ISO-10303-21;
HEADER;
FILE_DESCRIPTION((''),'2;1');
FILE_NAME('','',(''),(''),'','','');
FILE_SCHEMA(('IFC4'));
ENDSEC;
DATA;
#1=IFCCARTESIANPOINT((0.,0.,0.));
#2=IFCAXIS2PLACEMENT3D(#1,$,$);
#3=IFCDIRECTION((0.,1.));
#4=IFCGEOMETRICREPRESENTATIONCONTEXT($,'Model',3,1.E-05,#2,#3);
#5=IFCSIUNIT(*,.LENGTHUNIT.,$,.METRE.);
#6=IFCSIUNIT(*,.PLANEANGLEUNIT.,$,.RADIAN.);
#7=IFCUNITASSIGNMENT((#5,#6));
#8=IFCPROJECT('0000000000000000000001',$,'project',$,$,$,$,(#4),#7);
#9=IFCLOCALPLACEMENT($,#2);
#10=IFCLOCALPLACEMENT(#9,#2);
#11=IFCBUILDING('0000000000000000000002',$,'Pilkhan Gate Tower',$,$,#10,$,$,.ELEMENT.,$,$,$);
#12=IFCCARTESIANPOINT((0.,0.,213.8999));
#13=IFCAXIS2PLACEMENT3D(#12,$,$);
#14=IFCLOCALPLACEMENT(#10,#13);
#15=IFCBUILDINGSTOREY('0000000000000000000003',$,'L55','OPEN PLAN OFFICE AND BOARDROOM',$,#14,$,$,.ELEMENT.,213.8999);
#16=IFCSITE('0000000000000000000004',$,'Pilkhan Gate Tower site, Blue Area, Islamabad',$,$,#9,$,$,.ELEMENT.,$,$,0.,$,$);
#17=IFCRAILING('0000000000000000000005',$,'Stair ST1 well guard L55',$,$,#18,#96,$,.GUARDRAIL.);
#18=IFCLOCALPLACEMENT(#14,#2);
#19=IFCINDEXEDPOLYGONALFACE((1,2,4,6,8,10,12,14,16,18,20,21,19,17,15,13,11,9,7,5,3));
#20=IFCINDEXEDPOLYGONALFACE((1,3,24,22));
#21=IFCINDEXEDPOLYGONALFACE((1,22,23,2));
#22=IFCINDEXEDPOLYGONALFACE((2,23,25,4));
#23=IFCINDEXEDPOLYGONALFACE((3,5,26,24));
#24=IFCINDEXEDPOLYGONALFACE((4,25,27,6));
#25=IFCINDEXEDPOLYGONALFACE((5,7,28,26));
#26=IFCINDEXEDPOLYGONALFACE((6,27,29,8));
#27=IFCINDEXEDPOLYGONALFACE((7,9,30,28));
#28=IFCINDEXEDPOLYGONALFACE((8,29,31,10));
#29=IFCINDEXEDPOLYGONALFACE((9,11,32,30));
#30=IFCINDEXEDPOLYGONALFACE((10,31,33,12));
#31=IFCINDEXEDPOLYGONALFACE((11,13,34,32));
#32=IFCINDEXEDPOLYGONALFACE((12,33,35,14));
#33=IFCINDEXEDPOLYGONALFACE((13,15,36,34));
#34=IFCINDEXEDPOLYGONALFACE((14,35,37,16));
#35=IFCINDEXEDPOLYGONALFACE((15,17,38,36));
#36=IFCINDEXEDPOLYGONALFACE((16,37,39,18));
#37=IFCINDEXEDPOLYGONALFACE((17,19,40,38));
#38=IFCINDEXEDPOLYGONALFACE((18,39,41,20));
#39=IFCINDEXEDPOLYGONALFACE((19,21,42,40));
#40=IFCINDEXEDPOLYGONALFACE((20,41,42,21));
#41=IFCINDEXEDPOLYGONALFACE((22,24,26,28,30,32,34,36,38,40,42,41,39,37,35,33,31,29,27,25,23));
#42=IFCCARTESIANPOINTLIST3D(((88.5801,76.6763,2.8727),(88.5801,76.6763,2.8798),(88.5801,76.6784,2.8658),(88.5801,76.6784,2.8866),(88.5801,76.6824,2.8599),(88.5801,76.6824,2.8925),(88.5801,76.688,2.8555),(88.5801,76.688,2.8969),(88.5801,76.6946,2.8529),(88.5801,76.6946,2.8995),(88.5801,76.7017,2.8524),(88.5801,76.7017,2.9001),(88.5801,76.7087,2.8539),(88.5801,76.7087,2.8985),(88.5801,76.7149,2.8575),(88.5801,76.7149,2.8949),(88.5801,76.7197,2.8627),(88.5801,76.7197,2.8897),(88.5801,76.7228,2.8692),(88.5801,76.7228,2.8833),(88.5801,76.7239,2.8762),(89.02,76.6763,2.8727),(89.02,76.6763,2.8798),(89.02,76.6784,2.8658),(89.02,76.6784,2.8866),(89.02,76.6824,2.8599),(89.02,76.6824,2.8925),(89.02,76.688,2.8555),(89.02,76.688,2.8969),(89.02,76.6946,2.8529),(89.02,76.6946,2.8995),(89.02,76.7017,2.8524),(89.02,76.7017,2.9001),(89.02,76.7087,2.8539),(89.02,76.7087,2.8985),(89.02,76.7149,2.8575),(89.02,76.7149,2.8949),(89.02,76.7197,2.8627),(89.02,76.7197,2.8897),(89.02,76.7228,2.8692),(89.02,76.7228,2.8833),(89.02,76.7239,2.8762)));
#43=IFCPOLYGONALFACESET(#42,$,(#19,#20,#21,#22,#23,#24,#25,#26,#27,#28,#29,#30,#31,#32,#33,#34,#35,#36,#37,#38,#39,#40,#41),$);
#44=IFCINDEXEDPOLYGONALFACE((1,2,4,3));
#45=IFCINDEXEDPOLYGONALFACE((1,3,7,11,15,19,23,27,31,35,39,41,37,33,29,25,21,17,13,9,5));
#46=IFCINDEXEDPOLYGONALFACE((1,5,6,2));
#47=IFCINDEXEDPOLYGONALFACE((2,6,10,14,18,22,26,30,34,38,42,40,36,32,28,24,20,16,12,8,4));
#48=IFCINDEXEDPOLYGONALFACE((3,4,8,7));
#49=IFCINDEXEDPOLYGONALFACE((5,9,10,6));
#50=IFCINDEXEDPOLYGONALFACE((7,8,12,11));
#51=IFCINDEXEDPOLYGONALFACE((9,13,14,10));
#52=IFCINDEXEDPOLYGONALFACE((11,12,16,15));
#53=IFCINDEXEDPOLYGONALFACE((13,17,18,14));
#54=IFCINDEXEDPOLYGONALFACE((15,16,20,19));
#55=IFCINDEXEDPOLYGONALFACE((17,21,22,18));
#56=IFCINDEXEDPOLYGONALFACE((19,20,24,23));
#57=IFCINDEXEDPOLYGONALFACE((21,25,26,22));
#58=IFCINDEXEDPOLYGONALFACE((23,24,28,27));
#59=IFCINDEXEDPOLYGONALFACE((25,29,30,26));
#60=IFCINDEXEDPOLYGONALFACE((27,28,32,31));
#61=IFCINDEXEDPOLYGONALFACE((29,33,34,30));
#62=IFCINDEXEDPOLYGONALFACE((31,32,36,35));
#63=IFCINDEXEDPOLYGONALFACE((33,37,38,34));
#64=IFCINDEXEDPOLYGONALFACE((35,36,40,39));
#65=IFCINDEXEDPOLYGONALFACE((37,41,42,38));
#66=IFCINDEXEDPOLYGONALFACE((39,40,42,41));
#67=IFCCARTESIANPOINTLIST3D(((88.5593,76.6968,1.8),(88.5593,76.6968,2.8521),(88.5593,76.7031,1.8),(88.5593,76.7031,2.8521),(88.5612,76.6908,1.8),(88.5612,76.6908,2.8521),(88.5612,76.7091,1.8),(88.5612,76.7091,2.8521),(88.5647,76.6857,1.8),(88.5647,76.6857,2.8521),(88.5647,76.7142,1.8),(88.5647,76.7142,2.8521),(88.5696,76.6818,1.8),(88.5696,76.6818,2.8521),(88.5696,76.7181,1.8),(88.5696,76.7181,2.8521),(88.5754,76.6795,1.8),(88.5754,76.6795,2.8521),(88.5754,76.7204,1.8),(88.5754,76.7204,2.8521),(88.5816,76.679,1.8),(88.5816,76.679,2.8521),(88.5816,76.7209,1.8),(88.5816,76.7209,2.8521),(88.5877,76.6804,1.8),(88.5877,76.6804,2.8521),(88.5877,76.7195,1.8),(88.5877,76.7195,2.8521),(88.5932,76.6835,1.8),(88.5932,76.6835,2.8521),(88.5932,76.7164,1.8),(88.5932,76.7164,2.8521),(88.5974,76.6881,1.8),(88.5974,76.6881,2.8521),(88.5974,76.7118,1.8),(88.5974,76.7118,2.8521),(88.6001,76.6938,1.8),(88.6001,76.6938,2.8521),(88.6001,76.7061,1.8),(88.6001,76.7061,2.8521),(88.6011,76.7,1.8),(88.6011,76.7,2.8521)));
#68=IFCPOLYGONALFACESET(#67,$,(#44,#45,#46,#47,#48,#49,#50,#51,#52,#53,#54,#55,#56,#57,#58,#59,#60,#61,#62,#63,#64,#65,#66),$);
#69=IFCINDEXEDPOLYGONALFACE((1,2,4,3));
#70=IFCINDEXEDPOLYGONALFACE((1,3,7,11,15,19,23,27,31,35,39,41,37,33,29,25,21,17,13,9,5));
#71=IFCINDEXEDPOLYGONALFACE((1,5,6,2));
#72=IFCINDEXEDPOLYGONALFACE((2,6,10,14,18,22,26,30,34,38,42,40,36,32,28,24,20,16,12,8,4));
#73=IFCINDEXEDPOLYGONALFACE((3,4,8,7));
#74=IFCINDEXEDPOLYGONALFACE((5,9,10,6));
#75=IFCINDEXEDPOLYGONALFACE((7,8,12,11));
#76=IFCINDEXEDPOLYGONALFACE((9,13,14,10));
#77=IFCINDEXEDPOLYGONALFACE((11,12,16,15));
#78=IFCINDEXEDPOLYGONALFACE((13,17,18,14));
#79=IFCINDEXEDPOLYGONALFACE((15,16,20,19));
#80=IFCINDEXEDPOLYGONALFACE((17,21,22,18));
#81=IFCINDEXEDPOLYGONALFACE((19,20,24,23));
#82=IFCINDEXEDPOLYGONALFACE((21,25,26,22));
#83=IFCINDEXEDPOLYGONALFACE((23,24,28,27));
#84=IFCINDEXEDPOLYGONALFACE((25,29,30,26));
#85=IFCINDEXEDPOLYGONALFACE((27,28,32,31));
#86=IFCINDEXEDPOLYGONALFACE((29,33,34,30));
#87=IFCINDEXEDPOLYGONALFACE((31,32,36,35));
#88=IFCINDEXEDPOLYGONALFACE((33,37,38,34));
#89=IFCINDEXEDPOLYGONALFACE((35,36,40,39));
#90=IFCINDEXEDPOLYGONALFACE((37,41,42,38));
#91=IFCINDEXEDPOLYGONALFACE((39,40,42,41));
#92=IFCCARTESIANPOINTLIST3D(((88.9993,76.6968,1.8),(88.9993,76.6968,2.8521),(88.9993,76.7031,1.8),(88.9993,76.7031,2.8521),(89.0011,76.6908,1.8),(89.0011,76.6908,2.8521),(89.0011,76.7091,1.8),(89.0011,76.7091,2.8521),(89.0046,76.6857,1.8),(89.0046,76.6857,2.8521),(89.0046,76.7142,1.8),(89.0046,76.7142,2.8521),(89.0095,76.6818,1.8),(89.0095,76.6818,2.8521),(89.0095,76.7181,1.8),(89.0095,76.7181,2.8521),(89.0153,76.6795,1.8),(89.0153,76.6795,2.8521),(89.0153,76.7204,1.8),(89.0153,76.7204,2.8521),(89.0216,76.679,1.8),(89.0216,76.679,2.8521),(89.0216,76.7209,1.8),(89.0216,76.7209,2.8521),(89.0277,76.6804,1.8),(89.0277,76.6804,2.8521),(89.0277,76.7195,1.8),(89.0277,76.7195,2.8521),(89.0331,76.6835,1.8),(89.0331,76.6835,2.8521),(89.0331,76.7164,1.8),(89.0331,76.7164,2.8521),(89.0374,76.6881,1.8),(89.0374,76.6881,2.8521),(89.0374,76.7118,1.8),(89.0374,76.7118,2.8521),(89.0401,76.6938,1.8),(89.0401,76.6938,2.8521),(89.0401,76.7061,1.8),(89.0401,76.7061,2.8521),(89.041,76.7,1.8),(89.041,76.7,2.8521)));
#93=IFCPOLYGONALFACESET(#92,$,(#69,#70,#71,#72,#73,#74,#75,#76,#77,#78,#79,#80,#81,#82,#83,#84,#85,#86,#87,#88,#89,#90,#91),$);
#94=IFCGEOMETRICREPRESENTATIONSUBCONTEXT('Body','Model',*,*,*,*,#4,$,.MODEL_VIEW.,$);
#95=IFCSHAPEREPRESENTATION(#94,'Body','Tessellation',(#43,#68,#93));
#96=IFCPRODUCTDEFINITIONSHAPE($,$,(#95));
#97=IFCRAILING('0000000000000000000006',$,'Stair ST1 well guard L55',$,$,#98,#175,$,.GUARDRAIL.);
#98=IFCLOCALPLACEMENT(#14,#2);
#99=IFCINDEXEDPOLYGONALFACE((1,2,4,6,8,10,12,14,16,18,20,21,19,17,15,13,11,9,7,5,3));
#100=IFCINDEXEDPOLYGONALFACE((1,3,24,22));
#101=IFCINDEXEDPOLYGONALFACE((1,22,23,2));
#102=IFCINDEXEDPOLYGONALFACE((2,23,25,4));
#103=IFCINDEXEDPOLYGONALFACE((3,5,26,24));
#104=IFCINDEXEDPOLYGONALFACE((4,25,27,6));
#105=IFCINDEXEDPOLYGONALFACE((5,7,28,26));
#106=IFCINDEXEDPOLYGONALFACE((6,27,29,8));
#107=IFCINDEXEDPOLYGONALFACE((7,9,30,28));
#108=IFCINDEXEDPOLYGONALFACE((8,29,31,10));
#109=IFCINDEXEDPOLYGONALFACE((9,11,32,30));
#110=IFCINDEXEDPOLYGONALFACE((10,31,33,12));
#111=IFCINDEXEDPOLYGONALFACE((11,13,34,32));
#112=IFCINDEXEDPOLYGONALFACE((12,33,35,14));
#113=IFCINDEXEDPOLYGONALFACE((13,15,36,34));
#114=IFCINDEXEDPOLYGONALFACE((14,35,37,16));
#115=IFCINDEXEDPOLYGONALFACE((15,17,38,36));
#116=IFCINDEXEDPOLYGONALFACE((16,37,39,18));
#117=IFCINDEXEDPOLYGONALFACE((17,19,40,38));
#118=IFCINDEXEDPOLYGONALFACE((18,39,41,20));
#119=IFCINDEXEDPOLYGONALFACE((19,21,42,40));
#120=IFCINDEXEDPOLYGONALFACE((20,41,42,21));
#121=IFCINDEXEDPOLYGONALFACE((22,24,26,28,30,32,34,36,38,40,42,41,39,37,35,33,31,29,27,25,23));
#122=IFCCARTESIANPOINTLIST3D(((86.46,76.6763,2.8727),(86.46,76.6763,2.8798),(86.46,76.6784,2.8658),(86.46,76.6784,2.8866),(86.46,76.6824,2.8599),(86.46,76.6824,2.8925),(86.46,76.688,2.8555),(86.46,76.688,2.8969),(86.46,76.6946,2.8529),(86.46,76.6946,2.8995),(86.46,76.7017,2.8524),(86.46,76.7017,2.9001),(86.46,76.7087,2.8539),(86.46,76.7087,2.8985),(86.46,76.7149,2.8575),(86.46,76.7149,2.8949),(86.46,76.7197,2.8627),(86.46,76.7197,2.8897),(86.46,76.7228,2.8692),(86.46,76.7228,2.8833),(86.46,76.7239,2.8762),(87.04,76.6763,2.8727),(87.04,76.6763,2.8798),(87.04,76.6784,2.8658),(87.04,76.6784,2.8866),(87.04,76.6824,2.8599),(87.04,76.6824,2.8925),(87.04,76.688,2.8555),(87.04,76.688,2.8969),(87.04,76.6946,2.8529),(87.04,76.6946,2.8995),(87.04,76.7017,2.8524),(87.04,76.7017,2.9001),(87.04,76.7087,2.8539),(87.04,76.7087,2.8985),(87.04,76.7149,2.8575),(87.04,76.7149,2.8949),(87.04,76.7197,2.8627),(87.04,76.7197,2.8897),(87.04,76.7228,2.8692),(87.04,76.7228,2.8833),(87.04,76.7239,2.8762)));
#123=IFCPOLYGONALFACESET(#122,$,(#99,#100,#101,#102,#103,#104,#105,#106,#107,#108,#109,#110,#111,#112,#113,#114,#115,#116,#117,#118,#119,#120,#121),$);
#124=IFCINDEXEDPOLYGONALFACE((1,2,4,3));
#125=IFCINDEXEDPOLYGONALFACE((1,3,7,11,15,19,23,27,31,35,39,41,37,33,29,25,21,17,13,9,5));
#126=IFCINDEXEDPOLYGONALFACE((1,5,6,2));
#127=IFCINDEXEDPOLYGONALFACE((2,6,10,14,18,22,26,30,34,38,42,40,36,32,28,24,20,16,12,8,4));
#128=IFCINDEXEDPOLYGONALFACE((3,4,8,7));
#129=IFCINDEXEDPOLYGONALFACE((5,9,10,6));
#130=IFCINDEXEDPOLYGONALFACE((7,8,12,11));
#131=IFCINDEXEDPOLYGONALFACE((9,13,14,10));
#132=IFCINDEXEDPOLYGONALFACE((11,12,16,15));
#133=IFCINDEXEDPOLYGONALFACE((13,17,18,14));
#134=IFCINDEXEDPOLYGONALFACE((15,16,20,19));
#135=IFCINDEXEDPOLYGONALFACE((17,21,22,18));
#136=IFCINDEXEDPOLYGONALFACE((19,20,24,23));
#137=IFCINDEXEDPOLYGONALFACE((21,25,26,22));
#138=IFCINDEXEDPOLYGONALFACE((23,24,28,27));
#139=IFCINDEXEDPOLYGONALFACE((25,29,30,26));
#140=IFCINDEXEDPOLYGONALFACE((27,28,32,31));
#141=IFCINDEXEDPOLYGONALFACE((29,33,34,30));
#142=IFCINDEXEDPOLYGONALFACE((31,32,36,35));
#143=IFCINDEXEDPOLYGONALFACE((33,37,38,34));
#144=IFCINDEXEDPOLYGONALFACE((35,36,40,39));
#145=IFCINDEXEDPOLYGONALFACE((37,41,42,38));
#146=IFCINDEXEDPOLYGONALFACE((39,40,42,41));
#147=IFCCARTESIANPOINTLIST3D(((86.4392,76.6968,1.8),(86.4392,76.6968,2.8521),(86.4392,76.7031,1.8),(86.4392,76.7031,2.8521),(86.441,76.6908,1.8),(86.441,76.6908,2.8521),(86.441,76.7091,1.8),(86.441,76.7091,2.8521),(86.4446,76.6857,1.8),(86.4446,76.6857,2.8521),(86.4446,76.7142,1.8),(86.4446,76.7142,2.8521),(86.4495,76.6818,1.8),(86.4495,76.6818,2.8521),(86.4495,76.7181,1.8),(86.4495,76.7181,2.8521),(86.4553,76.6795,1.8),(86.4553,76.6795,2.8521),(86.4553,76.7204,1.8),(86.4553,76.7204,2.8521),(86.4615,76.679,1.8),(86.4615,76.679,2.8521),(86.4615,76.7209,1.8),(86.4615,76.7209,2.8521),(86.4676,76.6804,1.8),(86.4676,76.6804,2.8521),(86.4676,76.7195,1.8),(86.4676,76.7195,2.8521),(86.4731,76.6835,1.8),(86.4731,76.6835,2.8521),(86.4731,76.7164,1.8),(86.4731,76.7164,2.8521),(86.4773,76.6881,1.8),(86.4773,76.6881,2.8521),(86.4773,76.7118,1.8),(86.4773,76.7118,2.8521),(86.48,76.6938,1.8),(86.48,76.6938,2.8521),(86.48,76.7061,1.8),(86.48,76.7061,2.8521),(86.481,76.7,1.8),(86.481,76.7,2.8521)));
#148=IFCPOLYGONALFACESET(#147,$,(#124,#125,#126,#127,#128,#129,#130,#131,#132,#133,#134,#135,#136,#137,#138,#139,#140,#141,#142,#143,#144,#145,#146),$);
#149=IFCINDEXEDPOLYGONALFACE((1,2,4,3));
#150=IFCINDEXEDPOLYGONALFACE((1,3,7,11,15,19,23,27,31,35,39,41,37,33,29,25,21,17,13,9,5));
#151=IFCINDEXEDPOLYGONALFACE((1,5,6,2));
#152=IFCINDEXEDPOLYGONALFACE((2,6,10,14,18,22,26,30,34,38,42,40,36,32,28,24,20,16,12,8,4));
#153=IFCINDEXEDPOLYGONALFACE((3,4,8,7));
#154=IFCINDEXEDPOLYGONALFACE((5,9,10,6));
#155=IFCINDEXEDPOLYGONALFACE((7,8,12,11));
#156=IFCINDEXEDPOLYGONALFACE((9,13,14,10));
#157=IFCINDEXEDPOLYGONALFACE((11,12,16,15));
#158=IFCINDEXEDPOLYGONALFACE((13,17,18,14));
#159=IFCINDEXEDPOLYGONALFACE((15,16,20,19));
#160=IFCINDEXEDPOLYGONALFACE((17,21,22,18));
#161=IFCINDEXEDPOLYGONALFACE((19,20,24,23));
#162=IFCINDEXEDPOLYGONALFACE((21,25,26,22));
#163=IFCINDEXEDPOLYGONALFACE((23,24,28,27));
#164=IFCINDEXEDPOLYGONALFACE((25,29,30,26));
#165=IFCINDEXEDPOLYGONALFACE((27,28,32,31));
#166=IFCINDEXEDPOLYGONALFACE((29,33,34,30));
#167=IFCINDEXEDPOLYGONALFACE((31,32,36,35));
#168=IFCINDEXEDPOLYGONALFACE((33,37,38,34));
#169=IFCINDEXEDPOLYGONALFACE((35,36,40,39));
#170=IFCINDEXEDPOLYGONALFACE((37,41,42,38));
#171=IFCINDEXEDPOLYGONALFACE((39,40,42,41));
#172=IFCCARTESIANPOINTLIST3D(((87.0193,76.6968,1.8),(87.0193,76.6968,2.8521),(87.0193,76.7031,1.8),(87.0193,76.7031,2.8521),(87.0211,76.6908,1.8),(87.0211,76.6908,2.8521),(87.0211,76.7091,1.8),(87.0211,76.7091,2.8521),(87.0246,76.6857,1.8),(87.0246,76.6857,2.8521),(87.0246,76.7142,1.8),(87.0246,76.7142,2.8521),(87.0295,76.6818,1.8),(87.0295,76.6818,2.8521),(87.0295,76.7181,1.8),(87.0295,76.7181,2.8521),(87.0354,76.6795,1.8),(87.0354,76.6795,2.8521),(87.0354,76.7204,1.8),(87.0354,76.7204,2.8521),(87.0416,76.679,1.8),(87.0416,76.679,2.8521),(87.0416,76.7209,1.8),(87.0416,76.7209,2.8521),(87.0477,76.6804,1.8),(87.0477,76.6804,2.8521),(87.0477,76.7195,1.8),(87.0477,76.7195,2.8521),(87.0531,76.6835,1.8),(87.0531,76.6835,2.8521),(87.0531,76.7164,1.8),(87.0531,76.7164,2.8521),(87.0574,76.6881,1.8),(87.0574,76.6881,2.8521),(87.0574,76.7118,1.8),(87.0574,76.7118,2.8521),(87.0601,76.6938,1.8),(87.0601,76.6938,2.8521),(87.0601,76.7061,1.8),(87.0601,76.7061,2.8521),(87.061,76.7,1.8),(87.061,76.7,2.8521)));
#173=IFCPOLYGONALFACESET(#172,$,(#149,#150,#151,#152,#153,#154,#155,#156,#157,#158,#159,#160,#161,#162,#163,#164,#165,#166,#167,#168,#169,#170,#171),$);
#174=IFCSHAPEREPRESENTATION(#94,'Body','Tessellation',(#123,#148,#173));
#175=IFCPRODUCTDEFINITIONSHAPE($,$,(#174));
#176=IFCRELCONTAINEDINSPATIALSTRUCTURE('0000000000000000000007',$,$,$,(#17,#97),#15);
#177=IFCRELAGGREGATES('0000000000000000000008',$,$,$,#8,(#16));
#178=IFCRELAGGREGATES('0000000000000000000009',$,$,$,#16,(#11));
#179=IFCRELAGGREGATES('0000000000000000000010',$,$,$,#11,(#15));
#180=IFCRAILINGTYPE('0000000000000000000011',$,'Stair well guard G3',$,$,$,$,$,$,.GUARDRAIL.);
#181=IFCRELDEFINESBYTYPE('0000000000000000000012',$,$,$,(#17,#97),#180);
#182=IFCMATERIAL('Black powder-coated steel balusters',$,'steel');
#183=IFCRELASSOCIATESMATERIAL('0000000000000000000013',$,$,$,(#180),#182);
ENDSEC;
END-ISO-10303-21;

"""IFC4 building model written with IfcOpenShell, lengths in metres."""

from ifc_helpers import new_model, si_unit, direction, frame, origin, origin_2d, place, context, subcontext, project, spatial, circle, extrude, material, type_object, element, save


model = new_model("IFC4")

# Units and contexts
model_context = context("Model", 3, precision=1e-05, world=origin(), true_north=direction((0.0, 1.0)))
body_context = subcontext(model_context, "Body", "Model", "MODEL_VIEW")
ifc_project = project(units=[si_unit("LENGTHUNIT", "METRE"), si_unit("PLANEANGLEUNIT", "RADIAN")], contexts=[model_context])

# Site, building, storey
site_placement = place(None, origin())
site = spatial("IfcSite", under=ifc_project, at=site_placement, Name="Pilkhan Gate Tower site, Blue Area, Islamabad", CompositionType="ELEMENT", RefElevation=0.0)
building_placement = place(site_placement, origin())
building = spatial("IfcBuilding", under=site, at=building_placement, Name="Pilkhan Gate Tower", CompositionType="ELEMENT")
storey_placement = place(building_placement, frame((0.0, 0.0, 213.8999)))
storey = spatial("IfcBuildingStorey", under=building, at=storey_placement, Name="L55", Description="OPEN PLAN OFFICE AND BOARDROOM", CompositionType="ELEMENT", Elevation=213.8999)

# Railings
ifc_material_1 = material(Name="Black powder-coated steel balusters", Category="steel")
railing_type_1 = type_object("IfcRailingType", Name="Stair well guard G3", PredefinedType="GUARDRAIL", material=ifc_material_1)
railing_1_placement = place(storey_placement, frame((88.5801, 76.7, 1.8)))
element("IfcRailing", 1, at=railing_1_placement, inside=storey, type_object=railing_type_1, Name="Stair ST1 well guard L55", PredefinedType="GUARDRAIL", context=body_context, shape_type="SweptSolid", body=[
    extrude(circle(Radius=0.0239, at=origin_2d()), frame((0.0, 0.0, 1.0762), z_axis=(1.0, 0.0, 0.0), x_axis=(0.0, 1.0, 0.0)), (0.0, 0.0, 1.0), 0.4399),
    extrude(circle(Radius=0.021, at=origin_2d()), origin(), (0.0, 0.0, 1.0), 1.052),
    extrude(circle(Radius=0.021, at=origin_2d()), frame((0.4399, 0.0, 0.0)), (0.0, 0.0, 1.0), 1.052),
])
railing_2_placement = place(storey_placement, frame((86.46, 76.7, 1.8)))
element("IfcRailing", 2, at=railing_2_placement, inside=storey, type_object=railing_type_1, Name="Stair ST1 well guard L55", PredefinedType="GUARDRAIL", context=body_context, shape_type="SweptSolid", body=[
    extrude(circle(Radius=0.0239, at=origin_2d()), frame((0.0, 0.0, 1.0762), z_axis=(1.0, 0.0, 0.0), x_axis=(0.0, 1.0, 0.0)), (0.0, 0.0, 1.0), 0.5801),
    extrude(circle(Radius=0.021, at=origin_2d()), origin(), (0.0, 0.0, 1.0), 1.052),
    extrude(circle(Radius=0.021, at=origin_2d()), frame((0.5801, 0.0, 0.0)), (0.0, 0.0, 1.0), 1.052),
])

save(model, "model.ifc")
